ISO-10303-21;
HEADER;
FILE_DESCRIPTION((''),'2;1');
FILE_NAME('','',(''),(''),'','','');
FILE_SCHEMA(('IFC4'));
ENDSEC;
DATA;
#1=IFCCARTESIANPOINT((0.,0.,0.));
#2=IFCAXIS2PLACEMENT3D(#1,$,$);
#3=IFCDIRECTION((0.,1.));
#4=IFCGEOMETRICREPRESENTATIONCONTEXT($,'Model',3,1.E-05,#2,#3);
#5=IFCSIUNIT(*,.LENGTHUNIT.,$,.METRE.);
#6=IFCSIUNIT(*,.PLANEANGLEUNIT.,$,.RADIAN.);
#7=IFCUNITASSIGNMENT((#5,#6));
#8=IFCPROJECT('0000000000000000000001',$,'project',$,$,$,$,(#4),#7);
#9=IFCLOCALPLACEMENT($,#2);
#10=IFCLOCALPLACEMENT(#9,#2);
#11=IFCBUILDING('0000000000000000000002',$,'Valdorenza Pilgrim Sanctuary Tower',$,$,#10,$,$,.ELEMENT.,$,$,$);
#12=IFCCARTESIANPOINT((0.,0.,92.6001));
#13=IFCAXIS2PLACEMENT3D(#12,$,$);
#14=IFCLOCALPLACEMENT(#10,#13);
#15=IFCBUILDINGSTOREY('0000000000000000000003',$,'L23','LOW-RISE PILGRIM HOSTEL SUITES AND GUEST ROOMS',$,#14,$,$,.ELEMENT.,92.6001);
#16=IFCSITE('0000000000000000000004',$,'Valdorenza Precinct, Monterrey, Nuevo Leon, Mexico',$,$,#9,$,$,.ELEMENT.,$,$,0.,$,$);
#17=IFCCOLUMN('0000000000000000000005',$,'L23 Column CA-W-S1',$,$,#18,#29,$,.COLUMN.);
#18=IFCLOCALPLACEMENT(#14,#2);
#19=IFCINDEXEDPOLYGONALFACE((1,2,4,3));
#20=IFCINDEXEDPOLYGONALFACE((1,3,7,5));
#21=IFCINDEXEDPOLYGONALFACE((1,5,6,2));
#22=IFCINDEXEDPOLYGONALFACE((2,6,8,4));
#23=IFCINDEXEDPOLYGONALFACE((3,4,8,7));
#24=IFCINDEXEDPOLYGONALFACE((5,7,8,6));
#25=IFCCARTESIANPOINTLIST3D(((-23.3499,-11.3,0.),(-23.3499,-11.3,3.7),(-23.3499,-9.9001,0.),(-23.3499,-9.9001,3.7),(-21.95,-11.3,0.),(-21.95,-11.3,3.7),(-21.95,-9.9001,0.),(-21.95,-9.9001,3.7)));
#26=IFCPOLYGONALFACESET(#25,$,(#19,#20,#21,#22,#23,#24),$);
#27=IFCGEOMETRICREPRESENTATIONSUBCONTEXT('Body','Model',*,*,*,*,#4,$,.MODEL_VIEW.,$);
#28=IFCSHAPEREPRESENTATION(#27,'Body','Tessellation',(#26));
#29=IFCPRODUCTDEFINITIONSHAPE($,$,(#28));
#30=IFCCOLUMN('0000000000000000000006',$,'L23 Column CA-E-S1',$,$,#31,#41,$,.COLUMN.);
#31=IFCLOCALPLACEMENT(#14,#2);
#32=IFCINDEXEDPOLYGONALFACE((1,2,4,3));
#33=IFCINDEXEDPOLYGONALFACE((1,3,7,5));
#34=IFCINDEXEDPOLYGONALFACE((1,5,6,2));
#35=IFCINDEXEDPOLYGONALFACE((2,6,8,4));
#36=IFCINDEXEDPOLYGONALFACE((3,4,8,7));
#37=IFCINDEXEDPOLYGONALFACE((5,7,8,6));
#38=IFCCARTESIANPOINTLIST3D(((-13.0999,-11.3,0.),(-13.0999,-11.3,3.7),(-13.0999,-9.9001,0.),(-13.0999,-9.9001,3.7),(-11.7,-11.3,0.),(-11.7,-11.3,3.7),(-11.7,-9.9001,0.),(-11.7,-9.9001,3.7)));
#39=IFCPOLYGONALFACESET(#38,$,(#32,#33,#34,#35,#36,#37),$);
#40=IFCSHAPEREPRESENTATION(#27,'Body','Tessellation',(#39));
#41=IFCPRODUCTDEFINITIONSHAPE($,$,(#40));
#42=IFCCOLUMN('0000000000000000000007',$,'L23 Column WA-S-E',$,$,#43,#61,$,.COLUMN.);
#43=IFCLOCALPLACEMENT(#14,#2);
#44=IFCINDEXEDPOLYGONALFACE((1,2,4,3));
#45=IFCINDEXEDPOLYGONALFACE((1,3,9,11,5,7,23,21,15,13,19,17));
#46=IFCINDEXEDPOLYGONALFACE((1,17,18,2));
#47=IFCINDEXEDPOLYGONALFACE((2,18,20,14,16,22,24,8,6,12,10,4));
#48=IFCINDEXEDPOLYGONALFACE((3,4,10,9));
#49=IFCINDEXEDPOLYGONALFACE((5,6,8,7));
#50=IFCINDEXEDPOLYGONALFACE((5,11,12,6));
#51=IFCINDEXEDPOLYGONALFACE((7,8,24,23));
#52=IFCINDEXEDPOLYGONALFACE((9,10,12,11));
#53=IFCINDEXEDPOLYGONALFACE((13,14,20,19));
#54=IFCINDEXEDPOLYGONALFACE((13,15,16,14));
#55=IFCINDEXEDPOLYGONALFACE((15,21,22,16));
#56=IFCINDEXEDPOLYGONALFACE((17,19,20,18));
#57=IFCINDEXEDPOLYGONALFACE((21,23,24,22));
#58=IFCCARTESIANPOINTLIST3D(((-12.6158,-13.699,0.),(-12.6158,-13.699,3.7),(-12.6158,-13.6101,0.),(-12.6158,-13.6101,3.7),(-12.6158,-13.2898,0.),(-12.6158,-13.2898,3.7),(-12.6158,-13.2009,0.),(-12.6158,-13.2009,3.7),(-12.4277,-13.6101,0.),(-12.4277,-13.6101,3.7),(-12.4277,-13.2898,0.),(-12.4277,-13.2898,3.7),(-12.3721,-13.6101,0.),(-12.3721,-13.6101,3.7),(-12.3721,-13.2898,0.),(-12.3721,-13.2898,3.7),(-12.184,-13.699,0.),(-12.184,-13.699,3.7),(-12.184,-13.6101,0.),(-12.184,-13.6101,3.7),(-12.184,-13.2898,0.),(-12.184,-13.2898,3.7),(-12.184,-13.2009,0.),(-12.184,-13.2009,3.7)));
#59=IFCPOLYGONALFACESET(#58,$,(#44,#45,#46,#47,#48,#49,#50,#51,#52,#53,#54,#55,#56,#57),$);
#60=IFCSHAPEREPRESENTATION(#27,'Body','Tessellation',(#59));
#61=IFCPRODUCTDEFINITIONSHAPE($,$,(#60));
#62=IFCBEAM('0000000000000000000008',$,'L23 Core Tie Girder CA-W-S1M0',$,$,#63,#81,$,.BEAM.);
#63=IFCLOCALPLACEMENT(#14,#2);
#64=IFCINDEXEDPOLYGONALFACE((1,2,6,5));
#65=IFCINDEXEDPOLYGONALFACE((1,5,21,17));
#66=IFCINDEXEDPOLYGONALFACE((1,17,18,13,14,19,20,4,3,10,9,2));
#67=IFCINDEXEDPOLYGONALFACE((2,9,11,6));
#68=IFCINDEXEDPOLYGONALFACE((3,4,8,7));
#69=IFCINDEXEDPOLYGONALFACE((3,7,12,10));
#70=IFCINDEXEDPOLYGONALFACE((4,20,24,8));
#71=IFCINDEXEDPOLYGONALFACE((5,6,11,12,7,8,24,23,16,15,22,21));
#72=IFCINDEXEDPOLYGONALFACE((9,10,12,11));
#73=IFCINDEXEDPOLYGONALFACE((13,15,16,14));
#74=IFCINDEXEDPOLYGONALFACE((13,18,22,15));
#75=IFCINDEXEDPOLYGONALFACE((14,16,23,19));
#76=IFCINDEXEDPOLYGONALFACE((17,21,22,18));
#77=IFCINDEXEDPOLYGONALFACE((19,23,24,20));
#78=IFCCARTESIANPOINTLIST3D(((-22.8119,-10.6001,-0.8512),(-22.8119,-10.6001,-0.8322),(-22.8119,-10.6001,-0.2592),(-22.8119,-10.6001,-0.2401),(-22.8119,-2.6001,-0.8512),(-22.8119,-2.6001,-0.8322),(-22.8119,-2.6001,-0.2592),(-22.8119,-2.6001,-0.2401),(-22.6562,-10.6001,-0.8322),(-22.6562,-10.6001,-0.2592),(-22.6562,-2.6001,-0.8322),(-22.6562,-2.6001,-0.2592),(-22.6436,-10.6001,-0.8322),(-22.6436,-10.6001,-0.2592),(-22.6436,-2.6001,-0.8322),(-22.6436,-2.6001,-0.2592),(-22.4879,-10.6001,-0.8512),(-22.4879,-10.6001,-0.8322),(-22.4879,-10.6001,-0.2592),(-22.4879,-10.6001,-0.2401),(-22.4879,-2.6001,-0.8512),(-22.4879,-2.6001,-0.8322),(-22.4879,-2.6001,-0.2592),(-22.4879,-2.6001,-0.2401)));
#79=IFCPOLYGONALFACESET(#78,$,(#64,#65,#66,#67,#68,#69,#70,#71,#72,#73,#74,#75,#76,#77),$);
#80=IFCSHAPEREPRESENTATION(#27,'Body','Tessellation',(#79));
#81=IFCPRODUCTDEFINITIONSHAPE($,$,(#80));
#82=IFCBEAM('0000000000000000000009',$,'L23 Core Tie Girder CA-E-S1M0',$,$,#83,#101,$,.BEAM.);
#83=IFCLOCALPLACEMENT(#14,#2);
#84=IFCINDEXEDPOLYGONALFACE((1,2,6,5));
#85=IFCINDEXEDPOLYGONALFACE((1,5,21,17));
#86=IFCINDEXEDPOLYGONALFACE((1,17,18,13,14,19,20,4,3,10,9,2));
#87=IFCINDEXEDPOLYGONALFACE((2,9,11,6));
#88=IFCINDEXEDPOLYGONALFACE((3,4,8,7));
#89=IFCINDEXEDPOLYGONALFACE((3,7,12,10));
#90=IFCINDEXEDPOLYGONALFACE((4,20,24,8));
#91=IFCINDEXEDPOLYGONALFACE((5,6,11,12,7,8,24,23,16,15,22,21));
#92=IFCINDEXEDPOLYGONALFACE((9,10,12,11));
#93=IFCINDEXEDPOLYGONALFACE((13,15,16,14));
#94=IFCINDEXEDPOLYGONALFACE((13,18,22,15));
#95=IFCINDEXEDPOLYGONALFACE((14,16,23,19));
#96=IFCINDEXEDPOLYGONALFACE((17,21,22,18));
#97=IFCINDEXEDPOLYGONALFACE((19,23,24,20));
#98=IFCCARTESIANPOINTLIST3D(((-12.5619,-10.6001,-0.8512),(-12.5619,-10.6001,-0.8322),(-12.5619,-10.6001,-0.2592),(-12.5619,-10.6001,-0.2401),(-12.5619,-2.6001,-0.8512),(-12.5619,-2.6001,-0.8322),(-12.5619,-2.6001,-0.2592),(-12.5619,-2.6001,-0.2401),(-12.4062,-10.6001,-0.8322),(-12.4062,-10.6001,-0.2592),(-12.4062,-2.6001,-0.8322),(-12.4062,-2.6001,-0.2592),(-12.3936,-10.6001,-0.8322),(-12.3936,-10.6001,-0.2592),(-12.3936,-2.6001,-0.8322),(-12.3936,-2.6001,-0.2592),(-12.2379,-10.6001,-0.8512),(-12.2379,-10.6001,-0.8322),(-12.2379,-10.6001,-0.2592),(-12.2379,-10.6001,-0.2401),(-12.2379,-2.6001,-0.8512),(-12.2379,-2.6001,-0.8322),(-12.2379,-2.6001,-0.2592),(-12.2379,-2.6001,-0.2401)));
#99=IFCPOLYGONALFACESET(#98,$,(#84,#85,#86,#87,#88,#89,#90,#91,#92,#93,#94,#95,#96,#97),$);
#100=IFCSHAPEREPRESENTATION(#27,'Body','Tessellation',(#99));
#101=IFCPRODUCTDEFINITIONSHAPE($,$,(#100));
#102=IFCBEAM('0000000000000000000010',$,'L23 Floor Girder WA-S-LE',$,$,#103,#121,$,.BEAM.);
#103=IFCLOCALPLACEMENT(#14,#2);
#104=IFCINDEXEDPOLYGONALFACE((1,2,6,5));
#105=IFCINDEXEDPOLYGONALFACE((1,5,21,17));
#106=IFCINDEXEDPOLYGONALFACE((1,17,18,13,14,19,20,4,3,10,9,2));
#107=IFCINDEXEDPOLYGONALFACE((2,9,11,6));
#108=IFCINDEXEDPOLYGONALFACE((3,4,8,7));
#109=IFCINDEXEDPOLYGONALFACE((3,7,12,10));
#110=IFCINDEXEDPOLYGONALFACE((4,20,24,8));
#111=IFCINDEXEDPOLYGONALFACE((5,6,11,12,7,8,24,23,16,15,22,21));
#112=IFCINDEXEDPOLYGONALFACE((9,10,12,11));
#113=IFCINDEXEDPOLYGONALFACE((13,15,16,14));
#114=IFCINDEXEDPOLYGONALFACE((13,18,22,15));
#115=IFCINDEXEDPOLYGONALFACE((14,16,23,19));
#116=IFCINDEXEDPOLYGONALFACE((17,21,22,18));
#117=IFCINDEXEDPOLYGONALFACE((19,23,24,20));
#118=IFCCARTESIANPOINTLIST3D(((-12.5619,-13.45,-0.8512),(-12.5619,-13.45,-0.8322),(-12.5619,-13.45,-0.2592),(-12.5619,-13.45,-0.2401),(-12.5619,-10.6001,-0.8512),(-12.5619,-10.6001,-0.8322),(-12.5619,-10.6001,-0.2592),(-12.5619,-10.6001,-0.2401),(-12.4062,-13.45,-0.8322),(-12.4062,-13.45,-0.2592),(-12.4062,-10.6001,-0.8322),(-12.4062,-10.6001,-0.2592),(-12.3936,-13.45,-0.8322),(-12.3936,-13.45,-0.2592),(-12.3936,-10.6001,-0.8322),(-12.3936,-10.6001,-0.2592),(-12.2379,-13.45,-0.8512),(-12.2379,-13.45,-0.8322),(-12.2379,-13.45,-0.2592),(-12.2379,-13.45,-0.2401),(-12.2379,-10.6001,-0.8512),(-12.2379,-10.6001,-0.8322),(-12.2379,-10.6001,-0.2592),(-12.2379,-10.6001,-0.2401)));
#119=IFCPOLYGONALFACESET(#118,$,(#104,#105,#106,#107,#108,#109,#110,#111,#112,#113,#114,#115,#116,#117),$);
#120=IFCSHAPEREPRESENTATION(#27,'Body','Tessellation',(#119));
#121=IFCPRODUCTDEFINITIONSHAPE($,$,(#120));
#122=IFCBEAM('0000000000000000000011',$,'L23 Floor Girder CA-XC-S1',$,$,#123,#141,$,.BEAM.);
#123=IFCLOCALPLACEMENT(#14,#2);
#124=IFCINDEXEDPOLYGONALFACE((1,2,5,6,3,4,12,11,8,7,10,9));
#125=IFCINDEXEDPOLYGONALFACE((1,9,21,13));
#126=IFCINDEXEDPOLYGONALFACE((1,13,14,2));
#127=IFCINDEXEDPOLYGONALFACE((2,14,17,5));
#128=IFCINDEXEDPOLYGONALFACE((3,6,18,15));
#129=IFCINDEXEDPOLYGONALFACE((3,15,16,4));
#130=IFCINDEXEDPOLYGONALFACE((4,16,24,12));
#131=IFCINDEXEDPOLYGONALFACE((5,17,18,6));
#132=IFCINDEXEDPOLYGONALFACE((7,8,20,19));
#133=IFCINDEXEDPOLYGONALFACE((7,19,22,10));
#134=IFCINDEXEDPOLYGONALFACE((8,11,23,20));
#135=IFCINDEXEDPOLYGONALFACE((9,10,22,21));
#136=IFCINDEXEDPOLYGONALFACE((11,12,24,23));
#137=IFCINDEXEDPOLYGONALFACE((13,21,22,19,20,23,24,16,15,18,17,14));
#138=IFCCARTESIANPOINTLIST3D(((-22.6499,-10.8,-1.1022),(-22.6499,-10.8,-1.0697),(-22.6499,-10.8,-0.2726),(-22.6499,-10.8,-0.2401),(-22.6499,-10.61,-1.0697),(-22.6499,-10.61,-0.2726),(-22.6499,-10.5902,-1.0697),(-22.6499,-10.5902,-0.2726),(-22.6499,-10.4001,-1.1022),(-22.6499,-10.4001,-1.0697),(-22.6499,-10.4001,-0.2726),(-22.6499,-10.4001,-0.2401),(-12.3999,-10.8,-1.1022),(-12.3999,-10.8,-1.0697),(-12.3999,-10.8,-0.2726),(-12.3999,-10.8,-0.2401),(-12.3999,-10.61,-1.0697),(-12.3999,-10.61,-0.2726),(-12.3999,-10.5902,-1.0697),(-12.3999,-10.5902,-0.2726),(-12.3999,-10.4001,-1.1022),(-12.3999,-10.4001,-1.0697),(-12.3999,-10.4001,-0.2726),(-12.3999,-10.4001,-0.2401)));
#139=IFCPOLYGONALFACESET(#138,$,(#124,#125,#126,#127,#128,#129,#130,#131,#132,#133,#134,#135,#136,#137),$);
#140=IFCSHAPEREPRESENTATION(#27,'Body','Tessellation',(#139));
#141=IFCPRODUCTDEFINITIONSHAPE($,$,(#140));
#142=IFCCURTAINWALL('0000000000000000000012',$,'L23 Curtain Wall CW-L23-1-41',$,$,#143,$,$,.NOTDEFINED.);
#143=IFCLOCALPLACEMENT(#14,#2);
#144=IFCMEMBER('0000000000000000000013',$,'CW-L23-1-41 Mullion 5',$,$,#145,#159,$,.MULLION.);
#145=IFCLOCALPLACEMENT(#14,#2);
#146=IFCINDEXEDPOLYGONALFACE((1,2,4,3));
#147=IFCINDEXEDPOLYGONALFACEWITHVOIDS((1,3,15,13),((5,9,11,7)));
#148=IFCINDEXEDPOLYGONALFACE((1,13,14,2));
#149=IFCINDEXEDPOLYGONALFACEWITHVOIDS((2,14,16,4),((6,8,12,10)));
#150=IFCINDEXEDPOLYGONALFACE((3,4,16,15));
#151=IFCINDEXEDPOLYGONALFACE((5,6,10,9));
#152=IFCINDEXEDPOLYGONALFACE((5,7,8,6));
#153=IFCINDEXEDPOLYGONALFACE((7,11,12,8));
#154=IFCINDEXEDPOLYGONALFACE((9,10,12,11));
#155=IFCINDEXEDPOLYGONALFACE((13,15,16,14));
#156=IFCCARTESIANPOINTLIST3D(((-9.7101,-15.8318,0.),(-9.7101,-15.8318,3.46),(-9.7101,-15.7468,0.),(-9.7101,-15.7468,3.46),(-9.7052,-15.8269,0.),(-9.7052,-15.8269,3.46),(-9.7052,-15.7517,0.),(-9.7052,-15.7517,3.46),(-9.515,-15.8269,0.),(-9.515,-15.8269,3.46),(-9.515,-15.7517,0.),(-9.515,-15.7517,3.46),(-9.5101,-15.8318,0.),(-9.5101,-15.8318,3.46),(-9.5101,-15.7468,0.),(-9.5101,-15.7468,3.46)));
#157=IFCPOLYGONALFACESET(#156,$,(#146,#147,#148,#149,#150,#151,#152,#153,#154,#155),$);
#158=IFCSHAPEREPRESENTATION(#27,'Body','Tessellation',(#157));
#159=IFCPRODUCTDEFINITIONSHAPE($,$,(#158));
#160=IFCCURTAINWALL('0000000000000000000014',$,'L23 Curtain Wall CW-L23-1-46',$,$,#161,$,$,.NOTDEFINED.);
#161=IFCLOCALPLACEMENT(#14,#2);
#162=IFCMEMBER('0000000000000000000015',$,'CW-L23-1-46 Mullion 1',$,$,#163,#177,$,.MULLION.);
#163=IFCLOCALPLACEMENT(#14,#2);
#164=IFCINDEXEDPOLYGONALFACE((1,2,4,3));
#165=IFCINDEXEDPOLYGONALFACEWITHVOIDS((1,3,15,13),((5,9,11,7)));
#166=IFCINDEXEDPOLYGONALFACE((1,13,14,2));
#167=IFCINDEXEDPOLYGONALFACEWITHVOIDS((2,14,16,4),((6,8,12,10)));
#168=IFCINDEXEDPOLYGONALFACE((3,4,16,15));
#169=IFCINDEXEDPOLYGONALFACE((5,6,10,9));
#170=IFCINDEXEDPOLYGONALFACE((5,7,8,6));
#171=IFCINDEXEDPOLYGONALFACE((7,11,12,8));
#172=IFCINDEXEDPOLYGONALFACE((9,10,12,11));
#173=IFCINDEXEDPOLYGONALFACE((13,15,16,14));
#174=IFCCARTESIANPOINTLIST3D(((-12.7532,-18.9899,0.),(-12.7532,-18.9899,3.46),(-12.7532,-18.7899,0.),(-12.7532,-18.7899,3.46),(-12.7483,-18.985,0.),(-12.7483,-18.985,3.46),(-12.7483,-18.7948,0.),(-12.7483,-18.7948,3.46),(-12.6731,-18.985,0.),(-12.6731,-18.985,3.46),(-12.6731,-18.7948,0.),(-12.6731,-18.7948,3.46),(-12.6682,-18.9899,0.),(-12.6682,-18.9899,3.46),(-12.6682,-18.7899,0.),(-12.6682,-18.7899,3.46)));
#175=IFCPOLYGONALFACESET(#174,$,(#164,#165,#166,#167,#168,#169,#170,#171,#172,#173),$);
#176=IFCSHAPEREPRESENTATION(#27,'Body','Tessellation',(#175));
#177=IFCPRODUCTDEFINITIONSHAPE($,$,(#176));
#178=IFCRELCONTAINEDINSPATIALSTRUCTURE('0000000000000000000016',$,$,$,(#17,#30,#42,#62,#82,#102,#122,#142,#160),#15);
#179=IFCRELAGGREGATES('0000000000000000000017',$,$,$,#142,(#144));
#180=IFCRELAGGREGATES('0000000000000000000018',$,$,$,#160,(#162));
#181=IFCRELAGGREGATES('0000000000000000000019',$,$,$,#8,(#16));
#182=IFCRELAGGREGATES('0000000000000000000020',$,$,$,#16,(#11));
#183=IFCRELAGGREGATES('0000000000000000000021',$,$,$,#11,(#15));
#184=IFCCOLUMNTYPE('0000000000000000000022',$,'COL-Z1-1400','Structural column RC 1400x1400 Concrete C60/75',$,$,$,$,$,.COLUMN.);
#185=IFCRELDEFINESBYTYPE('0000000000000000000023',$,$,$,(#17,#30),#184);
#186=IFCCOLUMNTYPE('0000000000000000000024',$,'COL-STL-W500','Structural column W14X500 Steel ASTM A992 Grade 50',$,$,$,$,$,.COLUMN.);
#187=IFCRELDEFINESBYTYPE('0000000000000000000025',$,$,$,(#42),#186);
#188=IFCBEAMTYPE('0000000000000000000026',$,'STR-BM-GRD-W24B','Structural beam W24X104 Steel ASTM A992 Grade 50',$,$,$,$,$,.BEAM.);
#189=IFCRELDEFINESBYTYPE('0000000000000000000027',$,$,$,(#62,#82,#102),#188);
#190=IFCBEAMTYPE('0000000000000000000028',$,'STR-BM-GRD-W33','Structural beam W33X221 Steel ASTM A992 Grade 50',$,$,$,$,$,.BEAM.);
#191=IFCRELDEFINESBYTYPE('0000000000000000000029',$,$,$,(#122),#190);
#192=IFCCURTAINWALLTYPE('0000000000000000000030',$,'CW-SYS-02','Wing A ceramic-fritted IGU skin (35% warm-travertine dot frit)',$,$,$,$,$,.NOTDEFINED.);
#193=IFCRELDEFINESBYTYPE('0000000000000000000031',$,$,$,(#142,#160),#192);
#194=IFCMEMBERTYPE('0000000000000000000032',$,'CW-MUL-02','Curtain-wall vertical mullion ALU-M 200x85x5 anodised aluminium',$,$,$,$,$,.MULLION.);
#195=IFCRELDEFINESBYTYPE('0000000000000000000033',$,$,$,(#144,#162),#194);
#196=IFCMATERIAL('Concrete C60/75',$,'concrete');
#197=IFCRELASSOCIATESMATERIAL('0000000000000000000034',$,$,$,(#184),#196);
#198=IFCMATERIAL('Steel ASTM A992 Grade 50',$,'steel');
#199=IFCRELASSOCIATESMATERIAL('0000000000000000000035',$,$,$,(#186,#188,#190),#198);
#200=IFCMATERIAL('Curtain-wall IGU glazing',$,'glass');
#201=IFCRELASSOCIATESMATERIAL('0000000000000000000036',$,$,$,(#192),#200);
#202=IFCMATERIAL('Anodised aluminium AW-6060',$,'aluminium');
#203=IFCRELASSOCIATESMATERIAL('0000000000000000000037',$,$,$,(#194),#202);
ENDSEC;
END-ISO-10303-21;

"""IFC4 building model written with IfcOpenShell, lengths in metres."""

from ifc_helpers import new_model, si_unit, direction, frame, origin, origin_2d, place, context, subcontext, project, spatial, rectangle, hollow_rectangle, i_section, extrude, source, transform, mapped, material, material_profile, profile_set, type_object, element, aggregate, save


model = new_model("IFC4")

# Units and contexts
model_context = context("Model", 3, precision=1e-05, world=origin(), true_north=direction((0.0, 1.0)))
body_context = subcontext(model_context, "Body", "Model", "MODEL_VIEW")
ifc_project = project(units=[si_unit("LENGTHUNIT", "METRE"), si_unit("PLANEANGLEUNIT", "RADIAN")], contexts=[model_context])

# Site, building, storey
site_placement = place(None, origin())
site = spatial("IfcSite", under=ifc_project, at=site_placement, Name="Valdorenza Precinct, Monterrey, Nuevo Leon, Mexico", CompositionType="ELEMENT", RefElevation=0.0)
building_placement = place(site_placement, origin())
building = spatial("IfcBuilding", under=site, at=building_placement, Name="Valdorenza Pilgrim Sanctuary Tower", CompositionType="ELEMENT")
storey_placement = place(building_placement, frame((0.0, 0.0, 92.6001)))
storey = spatial("IfcBuildingStorey", under=building, at=storey_placement, Name="L23", Description="LOW-RISE PILGRIM HOSTEL SUITES AND GUEST ROOMS", CompositionType="ELEMENT", Elevation=92.6001)

# Columns
ifc_material_1 = material(Name="Concrete C60/75", Category="concrete")
ifc_material_profile_1 = material_profile(ifc_material_1, rectangle(XDim=1.3999, YDim=1.3999, at=origin_2d()), Name="RC 1400x1400")
ifc_profile_set_1 = profile_set([ifc_material_profile_1], Name="Concrete C60/75")
column_type_1 = type_object("IfcColumnType", Name="COL-Z1-1400", Description="Structural column RC 1400x1400 Concrete C60/75", PredefinedType="COLUMN", material=ifc_profile_set_1)
shared_shape_1 = source(origin(), body_context, "Body", "SweptSolid", [
    extrude(rectangle(XDim=1.3999, YDim=1.3999, at=origin_2d()), origin(), (0.0, 0.0, 1.0), 3.7),
])
for number, where, z_axis, x_axis, name in (
    (1, (-22.6499, -10.6001, 0.0), (0.0, 0.0, 1.0), (1.0, 0.0, 0.0), "L23 Column CA-W-S1"),
    (2, (-12.3999, -10.6001, 0.0), (0.0, 0.0, 1.0), (1.0, 0.0, 0.0), "L23 Column CA-E-S1"),
):
    element("IfcColumn", number, at=place(storey_placement, frame(where, z_axis=z_axis, x_axis=x_axis)), inside=storey, type_object=column_type_1, Name=name, PredefinedType="COLUMN", context=body_context, shape_type="MappedRepresentation", body=[
        mapped(shared_shape_1, transform((0.0, 0.0, 0.0), x_axis=(1.0, 0.0, 0.0), y_axis=(0.0, 1.0, 0.0), z_axis=(0.0, 0.0, 1.0), scale=1.0)),
    ])
ifc_material_2 = material(Name="Steel ASTM A992 Grade 50", Category="steel")
ifc_material_profile_2 = material_profile(ifc_material_2, i_section(OverallWidth=0.4319, OverallDepth=0.498, WebThickness=0.0557, FlangeThickness=0.0889, at=origin_2d()), Name="W14X500")
ifc_profile_set_2 = profile_set([ifc_material_profile_2], Name="Steel ASTM A992 Grade 50")
column_type_2 = type_object("IfcColumnType", Name="COL-STL-W500", Description="Structural column W14X500 Steel ASTM A992 Grade 50", PredefinedType="COLUMN", material=ifc_profile_set_2)
shared_shape_2 = source(origin(), body_context, "Body", "SweptSolid", [
    extrude(i_section(OverallWidth=0.4319, OverallDepth=0.498, WebThickness=0.0557, FlangeThickness=0.0889, at=origin_2d()), origin(), (0.0, 0.0, 1.0), 3.7),
])
column_placement = place(storey_placement, frame((-12.3999, -13.45, 0.0), z_axis=(0.0, 0.0, 1.0), x_axis=(1.0, 0.0, 0.0)))
element("IfcColumn", 3, at=column_placement, inside=storey, type_object=column_type_2, Name="L23 Column WA-S-E", PredefinedType="COLUMN", context=body_context, shape_type="MappedRepresentation", body=[
    mapped(shared_shape_2, transform((0.0, 0.0, 0.0), x_axis=(1.0, 0.0, 0.0), y_axis=(0.0, 1.0, 0.0), z_axis=(0.0, 0.0, 1.0), scale=1.0)),
])

# Beams
ifc_material_profile_3 = material_profile(ifc_material_2, i_section(OverallWidth=0.324, OverallDepth=0.6111, WebThickness=0.0127, FlangeThickness=0.019, at=origin_2d()), Name="W24X104")
ifc_profile_set_3 = profile_set([ifc_material_profile_3], Name="Steel ASTM A992 Grade 50")
beam_type_1 = type_object("IfcBeamType", Name="STR-BM-GRD-W24B", Description="Structural beam W24X104 Steel ASTM A992 Grade 50", PredefinedType="BEAM", material=ifc_profile_set_3)
shared_shape_3 = source(origin(), body_context, "Body", "SweptSolid", [
    extrude(i_section(OverallWidth=0.324, OverallDepth=0.6111, WebThickness=0.0127, FlangeThickness=0.019, at=origin_2d()), origin(), (0.0, 0.0, 1.0), 8.0),
])
for number, where, z_axis, x_axis, name in (
    (4, (-22.6499, -10.6001, -0.5457), (0.0, 1.0, 0.0), (-1.0, 0.0, 0.0), "L23 Core Tie Girder CA-W-S1M0"),
    (5, (-12.3999, -10.6001, -0.5457), (0.0, 1.0, 0.0), (-1.0, 0.0, 0.0), "L23 Core Tie Girder CA-E-S1M0"),
):
    element("IfcBeam", number, at=place(storey_placement, frame(where, z_axis=z_axis, x_axis=x_axis)), inside=storey, type_object=beam_type_1, Name=name, PredefinedType="BEAM", context=body_context, shape_type="MappedRepresentation", body=[
        mapped(shared_shape_3, transform((0.0, 0.0, 0.0), x_axis=(1.0, 0.0, 0.0), y_axis=(0.0, 1.0, 0.0), z_axis=(0.0, 0.0, 1.0), scale=1.0)),
    ])
shared_shape_4 = source(origin(), body_context, "Body", "SweptSolid", [
    extrude(i_section(OverallWidth=0.324, OverallDepth=0.6111, WebThickness=0.0127, FlangeThickness=0.019, at=origin_2d()), origin(), (0.0, 0.0, 1.0), 2.8499),
])
beam_1_placement = place(storey_placement, frame((-12.3999, -13.45, -0.5457), z_axis=(0.0, 1.0, 0.0), x_axis=(-1.0, 0.0, 0.0)))
element("IfcBeam", 6, at=beam_1_placement, inside=storey, type_object=beam_type_1, Name="L23 Floor Girder WA-S-LE", PredefinedType="BEAM", context=body_context, shape_type="MappedRepresentation", body=[
    mapped(shared_shape_4, transform((0.0, 0.0, 0.0), x_axis=(1.0, 0.0, 0.0), y_axis=(0.0, 1.0, 0.0), z_axis=(0.0, 0.0, 1.0), scale=1.0)),
])
ifc_material_profile_4 = material_profile(ifc_material_2, i_section(OverallWidth=0.3999, OverallDepth=0.8621, WebThickness=0.0198, FlangeThickness=0.0325, at=origin_2d()), Name="W33X221")
ifc_profile_set_4 = profile_set([ifc_material_profile_4], Name="Steel ASTM A992 Grade 50")
beam_type_2 = type_object("IfcBeamType", Name="STR-BM-GRD-W33", Description="Structural beam W33X221 Steel ASTM A992 Grade 50", PredefinedType="BEAM", material=ifc_profile_set_4)
shared_shape_5 = source(origin(), body_context, "Body", "SweptSolid", [
    extrude(i_section(OverallWidth=0.3999, OverallDepth=0.8621, WebThickness=0.0198, FlangeThickness=0.0325, at=origin_2d()), origin(), (0.0, 0.0, 1.0), 10.25),
])
beam_2_placement = place(storey_placement, frame((-22.6499, -10.6001, -0.6711), z_axis=(1.0, 0.0, 0.0), x_axis=(0.0, 1.0, 0.0)))
element("IfcBeam", 7, at=beam_2_placement, inside=storey, type_object=beam_type_2, Name="L23 Floor Girder CA-XC-S1", PredefinedType="BEAM", context=body_context, shape_type="MappedRepresentation", body=[
    mapped(shared_shape_5, transform((0.0, 0.0, 0.0), x_axis=(1.0, 0.0, 0.0), y_axis=(0.0, 1.0, 0.0), z_axis=(0.0, 0.0, 1.0), scale=1.0)),
])

# Curtain wall, member
ifc_material_3 = material(Name="Curtain-wall IGU glazing", Category="glass")
curtain_wall_type = type_object("IfcCurtainWallType", Name="CW-SYS-02", Description="Wing A ceramic-fritted IGU skin (35% warm-travertine dot frit)", PredefinedType="NOTDEFINED", material=ifc_material_3)
curtain_wall_1_placement = place(storey_placement, origin())
curtain_wall_1 = element("IfcCurtainWall", 8, at=curtain_wall_1_placement, inside=storey, type_object=curtain_wall_type, Name="L23 Curtain Wall CW-L23-1-41", PredefinedType="NOTDEFINED")
ifc_material_4 = material(Name="Anodised aluminium AW-6060", Category="aluminium")
ifc_material_profile_5 = material_profile(ifc_material_4, hollow_rectangle(XDim=0.085, YDim=0.2, WallThickness=0.0049, at=origin_2d()), Name="ALU-M 200x85x5")
ifc_profile_set_5 = profile_set([ifc_material_profile_5], Name="Anodised aluminium AW-6060")
member_type_1 = type_object("IfcMemberType", Name="CW-MUL-02", Description="Curtain-wall vertical mullion ALU-M 200x85x5 anodised aluminium", PredefinedType="MULLION", material=ifc_profile_set_5)
shared_shape_6 = source(origin(), body_context, "Body", "SweptSolid", [
    extrude(hollow_rectangle(XDim=0.085, YDim=0.2, WallThickness=0.0049, at=origin_2d()), origin(), (0.0, 0.0, 1.0), 3.46),
])
member_1_placement = place(storey_placement, frame((-9.6101, -15.7893, 0.0), z_axis=(0.0, 0.0, 1.0), x_axis=(0.0, -1.0, 0.0)))
member_1 = element("IfcMember", 9, at=member_1_placement, type_object=member_type_1, Name="CW-L23-1-41 Mullion 5", PredefinedType="MULLION", context=body_context, shape_type="MappedRepresentation", body=[
    mapped(shared_shape_6, transform((0.0, 0.0, 0.0), x_axis=(1.0, 0.0, 0.0), y_axis=(0.0, 1.0, 0.0), z_axis=(0.0, 0.0, 1.0), scale=1.0)),
])

# Curtain wall, member
curtain_wall_2_placement = place(storey_placement, origin())
curtain_wall_2 = element("IfcCurtainWall", 10, at=curtain_wall_2_placement, inside=storey, type_object=curtain_wall_type, Name="L23 Curtain Wall CW-L23-1-46", PredefinedType="NOTDEFINED")
member_2_placement = place(storey_placement, frame((-12.7107, -18.8899, 0.0), z_axis=(0.0, 0.0, 1.0), x_axis=(-1.0, 0.0, 0.0)))
member_2 = element("IfcMember", 11, at=member_2_placement, type_object=member_type_1, Name="CW-L23-1-46 Mullion 1", PredefinedType="MULLION", context=body_context, shape_type="MappedRepresentation", body=[
    mapped(shared_shape_6, transform((0.0, 0.0, 0.0), x_axis=(1.0, 0.0, 0.0), y_axis=(0.0, 1.0, 0.0), z_axis=(0.0, 0.0, 1.0), scale=1.0)),
])

aggregate(curtain_wall_1, [member_1])
aggregate(curtain_wall_2, [member_2])

save(model, "model.ifc")
